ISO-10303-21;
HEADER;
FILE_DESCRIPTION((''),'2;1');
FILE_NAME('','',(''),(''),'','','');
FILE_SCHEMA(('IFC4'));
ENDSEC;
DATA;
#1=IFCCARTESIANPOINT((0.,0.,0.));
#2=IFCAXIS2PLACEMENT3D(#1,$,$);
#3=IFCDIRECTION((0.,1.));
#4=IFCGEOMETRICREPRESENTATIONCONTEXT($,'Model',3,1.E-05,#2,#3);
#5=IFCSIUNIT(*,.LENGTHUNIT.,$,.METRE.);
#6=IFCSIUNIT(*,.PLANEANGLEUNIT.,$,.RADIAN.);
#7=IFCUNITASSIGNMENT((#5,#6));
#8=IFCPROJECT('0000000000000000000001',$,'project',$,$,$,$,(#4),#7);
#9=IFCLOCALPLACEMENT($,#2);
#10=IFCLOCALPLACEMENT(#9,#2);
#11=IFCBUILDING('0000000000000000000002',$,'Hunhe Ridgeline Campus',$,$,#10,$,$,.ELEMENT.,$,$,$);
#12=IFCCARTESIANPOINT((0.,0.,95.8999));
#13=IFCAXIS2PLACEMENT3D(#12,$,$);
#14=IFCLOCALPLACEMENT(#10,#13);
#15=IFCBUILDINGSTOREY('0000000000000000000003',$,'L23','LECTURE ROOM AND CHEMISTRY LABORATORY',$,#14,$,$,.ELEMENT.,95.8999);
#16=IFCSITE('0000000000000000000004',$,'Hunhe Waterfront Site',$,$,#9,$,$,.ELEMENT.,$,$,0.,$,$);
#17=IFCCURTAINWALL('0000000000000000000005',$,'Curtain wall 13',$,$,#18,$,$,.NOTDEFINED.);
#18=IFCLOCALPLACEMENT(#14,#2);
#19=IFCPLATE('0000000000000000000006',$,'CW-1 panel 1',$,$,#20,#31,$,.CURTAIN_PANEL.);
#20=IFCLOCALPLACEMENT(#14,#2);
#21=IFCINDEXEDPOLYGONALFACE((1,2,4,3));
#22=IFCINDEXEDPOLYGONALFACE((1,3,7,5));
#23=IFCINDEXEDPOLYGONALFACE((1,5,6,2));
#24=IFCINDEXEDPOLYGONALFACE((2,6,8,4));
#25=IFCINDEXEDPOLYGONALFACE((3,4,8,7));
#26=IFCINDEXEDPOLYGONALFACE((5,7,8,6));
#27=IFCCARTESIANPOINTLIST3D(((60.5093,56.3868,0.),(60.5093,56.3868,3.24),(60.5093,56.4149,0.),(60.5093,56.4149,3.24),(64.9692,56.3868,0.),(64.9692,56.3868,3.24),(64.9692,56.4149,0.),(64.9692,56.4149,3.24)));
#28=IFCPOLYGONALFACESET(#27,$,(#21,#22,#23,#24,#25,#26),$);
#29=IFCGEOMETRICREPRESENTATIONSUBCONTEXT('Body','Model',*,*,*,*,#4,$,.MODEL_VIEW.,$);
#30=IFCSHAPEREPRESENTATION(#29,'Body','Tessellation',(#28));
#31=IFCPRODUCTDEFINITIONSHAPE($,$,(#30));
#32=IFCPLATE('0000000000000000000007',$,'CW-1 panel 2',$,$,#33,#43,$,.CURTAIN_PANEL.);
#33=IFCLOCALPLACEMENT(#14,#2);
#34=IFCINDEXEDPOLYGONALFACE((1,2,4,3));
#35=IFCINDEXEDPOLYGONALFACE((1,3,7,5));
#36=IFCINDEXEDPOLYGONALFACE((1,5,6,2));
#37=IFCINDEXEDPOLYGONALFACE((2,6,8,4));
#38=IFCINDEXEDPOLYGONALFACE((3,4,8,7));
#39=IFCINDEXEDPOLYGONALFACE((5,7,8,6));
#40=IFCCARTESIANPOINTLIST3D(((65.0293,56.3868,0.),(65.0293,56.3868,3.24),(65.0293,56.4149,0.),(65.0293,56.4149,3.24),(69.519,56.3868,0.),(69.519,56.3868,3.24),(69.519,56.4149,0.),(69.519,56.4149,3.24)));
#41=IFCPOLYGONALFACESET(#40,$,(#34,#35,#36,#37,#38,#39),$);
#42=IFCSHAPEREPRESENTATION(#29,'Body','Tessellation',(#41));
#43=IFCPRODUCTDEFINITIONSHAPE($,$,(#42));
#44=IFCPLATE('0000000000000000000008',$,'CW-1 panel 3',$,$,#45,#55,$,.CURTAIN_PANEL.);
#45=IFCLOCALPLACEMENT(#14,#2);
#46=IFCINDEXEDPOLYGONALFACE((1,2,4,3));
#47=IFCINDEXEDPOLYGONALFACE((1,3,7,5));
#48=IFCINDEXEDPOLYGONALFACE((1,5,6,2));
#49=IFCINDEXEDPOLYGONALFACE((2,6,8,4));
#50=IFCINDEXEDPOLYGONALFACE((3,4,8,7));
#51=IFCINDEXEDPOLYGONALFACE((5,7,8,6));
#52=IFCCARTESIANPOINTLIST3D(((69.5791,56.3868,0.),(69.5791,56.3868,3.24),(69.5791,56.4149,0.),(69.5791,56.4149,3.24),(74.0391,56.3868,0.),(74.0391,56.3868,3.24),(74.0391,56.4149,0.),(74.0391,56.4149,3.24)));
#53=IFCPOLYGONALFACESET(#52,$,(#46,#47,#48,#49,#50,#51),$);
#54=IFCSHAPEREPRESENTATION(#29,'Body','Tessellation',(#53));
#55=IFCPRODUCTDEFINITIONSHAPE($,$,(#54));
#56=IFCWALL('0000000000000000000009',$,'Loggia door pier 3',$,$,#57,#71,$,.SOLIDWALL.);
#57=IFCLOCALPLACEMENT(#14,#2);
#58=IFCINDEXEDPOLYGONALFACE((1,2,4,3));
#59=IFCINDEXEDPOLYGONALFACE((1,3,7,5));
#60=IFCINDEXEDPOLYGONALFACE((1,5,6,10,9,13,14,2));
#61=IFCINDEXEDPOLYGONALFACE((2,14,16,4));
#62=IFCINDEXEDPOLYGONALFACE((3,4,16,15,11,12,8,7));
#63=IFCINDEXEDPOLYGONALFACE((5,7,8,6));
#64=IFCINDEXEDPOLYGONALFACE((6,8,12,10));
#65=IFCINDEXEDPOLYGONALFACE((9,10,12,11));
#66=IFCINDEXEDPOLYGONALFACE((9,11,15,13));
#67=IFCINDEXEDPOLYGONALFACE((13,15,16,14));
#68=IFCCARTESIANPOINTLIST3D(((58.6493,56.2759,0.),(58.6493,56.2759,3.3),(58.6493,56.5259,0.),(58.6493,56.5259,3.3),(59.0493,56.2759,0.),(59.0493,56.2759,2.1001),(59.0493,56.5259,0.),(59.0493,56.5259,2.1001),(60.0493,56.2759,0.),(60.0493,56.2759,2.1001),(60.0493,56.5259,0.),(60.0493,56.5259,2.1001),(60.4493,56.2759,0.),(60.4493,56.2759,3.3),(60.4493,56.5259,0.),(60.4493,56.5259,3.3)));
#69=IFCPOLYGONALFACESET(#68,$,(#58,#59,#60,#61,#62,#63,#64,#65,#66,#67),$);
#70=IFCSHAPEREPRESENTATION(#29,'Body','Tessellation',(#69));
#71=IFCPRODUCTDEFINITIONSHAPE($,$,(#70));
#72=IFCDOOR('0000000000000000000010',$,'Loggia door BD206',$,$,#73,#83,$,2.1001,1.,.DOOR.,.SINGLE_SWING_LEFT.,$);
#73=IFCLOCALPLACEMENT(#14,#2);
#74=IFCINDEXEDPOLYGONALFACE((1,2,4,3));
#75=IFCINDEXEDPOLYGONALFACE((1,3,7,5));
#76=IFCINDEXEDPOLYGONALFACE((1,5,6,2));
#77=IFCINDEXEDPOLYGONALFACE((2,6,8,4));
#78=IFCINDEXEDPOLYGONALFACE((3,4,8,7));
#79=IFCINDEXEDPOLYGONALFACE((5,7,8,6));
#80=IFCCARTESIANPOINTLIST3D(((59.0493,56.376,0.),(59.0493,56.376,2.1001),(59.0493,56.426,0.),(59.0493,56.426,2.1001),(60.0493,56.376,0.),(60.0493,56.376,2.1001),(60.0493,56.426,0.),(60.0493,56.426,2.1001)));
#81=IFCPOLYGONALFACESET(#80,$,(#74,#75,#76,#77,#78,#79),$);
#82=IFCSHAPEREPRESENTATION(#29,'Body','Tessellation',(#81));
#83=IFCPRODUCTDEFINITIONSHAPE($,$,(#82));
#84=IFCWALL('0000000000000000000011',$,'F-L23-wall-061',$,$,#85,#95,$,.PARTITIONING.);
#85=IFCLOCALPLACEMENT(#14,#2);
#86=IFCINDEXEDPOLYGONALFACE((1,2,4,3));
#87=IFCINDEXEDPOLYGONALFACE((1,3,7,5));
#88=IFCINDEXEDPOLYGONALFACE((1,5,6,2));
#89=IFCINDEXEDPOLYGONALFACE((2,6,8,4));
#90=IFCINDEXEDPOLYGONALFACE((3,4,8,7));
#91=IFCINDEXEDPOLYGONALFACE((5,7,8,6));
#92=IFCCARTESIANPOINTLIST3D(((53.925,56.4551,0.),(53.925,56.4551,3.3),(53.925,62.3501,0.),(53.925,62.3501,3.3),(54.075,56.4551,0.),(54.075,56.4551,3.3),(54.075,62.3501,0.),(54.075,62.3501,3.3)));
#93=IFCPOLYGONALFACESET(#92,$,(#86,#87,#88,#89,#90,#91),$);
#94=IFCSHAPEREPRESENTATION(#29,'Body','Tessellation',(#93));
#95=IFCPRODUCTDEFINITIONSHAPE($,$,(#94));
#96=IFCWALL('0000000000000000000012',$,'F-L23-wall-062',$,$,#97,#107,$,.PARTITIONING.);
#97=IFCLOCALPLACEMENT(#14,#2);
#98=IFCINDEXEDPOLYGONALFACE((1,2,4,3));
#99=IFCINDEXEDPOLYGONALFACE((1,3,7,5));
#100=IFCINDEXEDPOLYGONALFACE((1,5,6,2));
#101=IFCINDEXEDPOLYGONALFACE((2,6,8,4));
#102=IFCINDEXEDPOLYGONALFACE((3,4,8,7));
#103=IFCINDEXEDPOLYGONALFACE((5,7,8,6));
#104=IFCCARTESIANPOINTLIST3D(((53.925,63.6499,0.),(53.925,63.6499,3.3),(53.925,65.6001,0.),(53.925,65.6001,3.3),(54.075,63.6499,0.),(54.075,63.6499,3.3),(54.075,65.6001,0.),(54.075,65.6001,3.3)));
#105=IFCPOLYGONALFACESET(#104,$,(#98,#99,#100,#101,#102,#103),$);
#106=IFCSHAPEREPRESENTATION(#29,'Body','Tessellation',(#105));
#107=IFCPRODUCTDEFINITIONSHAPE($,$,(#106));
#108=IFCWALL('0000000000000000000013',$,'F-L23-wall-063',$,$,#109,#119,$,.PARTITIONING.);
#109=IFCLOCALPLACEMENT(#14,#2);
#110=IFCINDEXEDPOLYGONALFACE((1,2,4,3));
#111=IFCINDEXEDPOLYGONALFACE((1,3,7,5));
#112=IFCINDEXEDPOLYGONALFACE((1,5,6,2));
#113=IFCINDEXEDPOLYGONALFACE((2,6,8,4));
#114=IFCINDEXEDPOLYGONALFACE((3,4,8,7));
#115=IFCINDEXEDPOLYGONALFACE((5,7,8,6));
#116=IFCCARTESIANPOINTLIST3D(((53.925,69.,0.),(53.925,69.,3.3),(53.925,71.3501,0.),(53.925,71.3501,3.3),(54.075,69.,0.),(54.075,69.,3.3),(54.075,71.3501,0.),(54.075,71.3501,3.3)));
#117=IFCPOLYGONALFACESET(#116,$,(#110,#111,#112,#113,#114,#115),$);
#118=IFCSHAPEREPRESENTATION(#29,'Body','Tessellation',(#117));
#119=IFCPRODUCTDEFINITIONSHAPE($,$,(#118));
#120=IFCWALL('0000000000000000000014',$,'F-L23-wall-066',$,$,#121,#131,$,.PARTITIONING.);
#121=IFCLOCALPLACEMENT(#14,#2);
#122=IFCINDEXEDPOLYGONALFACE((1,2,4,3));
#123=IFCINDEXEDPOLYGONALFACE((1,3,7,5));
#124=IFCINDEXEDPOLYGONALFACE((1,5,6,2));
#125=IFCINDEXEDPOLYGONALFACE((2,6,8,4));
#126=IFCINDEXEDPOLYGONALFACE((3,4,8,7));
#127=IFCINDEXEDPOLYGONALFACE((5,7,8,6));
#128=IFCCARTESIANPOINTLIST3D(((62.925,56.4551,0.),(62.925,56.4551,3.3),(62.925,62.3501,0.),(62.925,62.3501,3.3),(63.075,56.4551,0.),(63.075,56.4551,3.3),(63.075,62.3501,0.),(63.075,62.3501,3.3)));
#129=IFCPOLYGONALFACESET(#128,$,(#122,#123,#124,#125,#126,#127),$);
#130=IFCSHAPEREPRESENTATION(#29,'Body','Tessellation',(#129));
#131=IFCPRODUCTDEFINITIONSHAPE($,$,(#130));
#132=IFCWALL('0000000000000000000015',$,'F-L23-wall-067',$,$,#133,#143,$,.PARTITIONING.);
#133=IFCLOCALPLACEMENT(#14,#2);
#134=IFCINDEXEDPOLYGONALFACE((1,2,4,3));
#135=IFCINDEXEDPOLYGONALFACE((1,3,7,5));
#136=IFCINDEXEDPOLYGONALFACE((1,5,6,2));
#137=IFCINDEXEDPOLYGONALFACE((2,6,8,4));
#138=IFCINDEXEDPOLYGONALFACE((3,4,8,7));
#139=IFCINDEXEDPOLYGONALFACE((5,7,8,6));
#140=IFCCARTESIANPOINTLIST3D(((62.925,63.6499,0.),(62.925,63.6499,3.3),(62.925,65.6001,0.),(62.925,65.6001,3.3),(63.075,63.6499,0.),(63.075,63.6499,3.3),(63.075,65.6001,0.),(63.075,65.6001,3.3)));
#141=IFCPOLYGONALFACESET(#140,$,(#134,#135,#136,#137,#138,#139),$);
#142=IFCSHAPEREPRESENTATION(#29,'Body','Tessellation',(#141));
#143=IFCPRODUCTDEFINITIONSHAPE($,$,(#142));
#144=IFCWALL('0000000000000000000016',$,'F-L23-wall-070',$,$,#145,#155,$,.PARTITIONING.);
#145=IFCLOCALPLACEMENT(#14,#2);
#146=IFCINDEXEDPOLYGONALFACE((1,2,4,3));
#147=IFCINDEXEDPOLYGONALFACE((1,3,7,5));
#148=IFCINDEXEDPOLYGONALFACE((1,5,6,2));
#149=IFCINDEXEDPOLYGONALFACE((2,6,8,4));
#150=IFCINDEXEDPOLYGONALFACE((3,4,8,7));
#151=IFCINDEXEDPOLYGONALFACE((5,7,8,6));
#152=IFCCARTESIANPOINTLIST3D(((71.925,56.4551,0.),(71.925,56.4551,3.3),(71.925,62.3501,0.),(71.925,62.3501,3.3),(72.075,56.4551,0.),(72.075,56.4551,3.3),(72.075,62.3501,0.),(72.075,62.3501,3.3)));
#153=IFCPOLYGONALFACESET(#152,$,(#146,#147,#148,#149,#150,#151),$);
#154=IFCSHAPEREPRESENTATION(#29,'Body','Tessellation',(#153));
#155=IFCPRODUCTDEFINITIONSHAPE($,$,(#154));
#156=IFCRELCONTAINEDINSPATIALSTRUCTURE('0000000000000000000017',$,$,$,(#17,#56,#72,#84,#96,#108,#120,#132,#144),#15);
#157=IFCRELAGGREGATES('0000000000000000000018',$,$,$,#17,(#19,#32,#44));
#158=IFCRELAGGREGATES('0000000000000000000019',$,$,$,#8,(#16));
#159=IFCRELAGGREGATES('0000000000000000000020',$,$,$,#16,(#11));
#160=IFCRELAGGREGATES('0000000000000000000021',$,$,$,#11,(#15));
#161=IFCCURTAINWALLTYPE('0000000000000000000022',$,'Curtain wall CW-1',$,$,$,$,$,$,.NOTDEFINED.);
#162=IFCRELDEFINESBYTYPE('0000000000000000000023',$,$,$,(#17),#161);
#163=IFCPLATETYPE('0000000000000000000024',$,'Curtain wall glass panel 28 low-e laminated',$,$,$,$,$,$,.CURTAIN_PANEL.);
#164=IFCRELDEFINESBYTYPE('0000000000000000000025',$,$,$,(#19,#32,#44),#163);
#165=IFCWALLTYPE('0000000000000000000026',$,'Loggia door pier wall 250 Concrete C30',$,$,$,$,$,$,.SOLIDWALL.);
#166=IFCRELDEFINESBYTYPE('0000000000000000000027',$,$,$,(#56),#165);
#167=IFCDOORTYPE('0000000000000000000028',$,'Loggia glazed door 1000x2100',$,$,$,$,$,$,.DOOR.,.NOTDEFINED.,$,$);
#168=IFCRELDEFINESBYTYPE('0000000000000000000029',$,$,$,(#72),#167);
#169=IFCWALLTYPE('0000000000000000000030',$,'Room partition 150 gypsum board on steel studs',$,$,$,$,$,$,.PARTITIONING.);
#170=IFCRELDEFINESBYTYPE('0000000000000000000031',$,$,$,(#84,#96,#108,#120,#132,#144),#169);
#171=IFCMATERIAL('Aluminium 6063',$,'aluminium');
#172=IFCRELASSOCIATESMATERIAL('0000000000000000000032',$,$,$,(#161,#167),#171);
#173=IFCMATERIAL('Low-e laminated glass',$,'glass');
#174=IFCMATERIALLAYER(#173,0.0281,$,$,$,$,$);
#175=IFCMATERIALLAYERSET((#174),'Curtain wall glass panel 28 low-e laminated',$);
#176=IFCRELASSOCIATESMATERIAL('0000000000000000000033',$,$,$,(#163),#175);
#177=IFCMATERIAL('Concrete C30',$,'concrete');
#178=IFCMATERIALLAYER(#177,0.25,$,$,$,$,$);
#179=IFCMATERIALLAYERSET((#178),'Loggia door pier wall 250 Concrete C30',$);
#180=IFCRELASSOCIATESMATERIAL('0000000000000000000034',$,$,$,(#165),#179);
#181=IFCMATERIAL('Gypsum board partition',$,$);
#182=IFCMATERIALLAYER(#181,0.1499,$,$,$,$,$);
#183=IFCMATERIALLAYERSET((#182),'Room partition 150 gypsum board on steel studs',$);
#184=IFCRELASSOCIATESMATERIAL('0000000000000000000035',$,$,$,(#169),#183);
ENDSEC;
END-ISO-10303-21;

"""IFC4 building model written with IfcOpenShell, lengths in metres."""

from ifc_helpers import new_model, si_unit, direction, frame, frame_2d, origin, origin_2d, place, context, subcontext, project, spatial, rectangle, extrude, material, layer, layer_set, type_object, element, fill, aggregate, save


model = new_model("IFC4")

# Units and contexts
model_context = context("Model", 3, precision=1e-05, world=origin(), true_north=direction((0.0, 1.0)))
body_context = subcontext(model_context, "Body", "Model", "MODEL_VIEW")
ifc_project = project(units=[si_unit("LENGTHUNIT", "METRE"), si_unit("PLANEANGLEUNIT", "RADIAN")], contexts=[model_context])

# Site, building, storey
site_placement = place(None, origin())
site = spatial("IfcSite", under=ifc_project, at=site_placement, Name="Hunhe Waterfront Site", CompositionType="ELEMENT", RefElevation=0.0)
building_placement = place(site_placement, origin())
building = spatial("IfcBuilding", under=site, at=building_placement, Name="Hunhe Ridgeline Campus", CompositionType="ELEMENT")
storey_placement = place(building_placement, frame((0.0, 0.0, 95.8999)))
storey = spatial("IfcBuildingStorey", under=building, at=storey_placement, Name="L23", Description="LECTURE ROOM AND CHEMISTRY LABORATORY", CompositionType="ELEMENT", Elevation=95.8999)

# Curtain wall
ifc_material_1 = material(Name="Aluminium 6063", Category="aluminium")
curtain_wall_type = type_object("IfcCurtainWallType", Name="Curtain wall CW-1", PredefinedType="NOTDEFINED", material=ifc_material_1)
curtain_wall_1_placement = place(storey_placement, origin())
curtain_wall_1 = element("IfcCurtainWall", 1, at=curtain_wall_1_placement, inside=storey, type_object=curtain_wall_type, Name="Curtain wall 13", PredefinedType="NOTDEFINED")

# Plates
ifc_material_2 = material(Name="Low-e laminated glass", Category="glass")
ifc_layer_1 = layer(ifc_material_2, 0.0281)
ifc_layer_set_1 = layer_set([ifc_layer_1], Name="Curtain wall glass panel 28 low-e laminated")
plate_type = type_object("IfcPlateType", Name="Curtain wall glass panel 28 low-e laminated", PredefinedType="CURTAIN_PANEL", material=ifc_layer_set_1)
plate_1_placement = place(storey_placement, frame((62.7393, 56.4009, 0.0), z_axis=(0.0, 0.0, 1.0), x_axis=(1.0, 0.0, 0.0)))
plate_1 = element("IfcPlate", 2, at=plate_1_placement, type_object=plate_type, Name="CW-1 panel 1", PredefinedType="CURTAIN_PANEL", context=body_context, shape_type="SweptSolid", body=[
    extrude(rectangle(XDim=4.46, YDim=0.0281, at=origin_2d()), origin(), (0.0, 0.0, 1.0), 3.24),
])
plate_2_placement = place(storey_placement, frame((67.2742, 56.4009, 0.0), z_axis=(0.0, 0.0, 1.0), x_axis=(1.0, 0.0, 0.0)))
plate_2 = element("IfcPlate", 3, at=plate_2_placement, type_object=plate_type, Name="CW-1 panel 2", PredefinedType="CURTAIN_PANEL", context=body_context, shape_type="SweptSolid", body=[
    extrude(rectangle(XDim=4.4897, YDim=0.0281, at=origin_2d()), origin(), (0.0, 0.0, 1.0), 3.24),
])
plate_3_placement = place(storey_placement, frame((71.8091, 56.4009, 0.0), z_axis=(0.0, 0.0, 1.0), x_axis=(1.0, 0.0, 0.0)))
plate_3 = element("IfcPlate", 4, at=plate_3_placement, type_object=plate_type, Name="CW-1 panel 3", PredefinedType="CURTAIN_PANEL", context=body_context, shape_type="SweptSolid", body=[
    extrude(rectangle(XDim=4.46, YDim=0.0281, at=origin_2d()), origin(), (0.0, 0.0, 1.0), 3.24),
])
aggregate(curtain_wall_1, [plate_1, plate_2, plate_3])

# Wall, opening, door
ifc_material_3 = material(Name="Concrete C30", Category="concrete")
ifc_layer_2 = layer(ifc_material_3, 0.25)
ifc_layer_set_2 = layer_set([ifc_layer_2], Name="Loggia door pier wall 250 Concrete C30")
wall_type_1 = type_object("IfcWallType", Name="Loggia door pier wall 250 Concrete C30", PredefinedType="SOLIDWALL", material=ifc_layer_set_2)
wall_1_placement = place(storey_placement, frame((58.6494, 56.4009, 0.0), z_axis=(0.0, 0.0, 1.0), x_axis=(1.0, 0.0, 0.0)))
wall_1 = element("IfcWall", 5, at=wall_1_placement, inside=storey, type_object=wall_type_1, Name="Loggia door pier 3", PredefinedType="SOLIDWALL", context=body_context, shape_type="SweptSolid", body=[
    extrude(rectangle(XDim=1.8, YDim=0.25, at=frame_2d((0.8999, 0.0))), origin(), (0.0, 0.0, 1.0), 3.3),
])
opening_placement = place(wall_1_placement, frame((0.3999, 0.0, 0.0)))
opening = element("IfcOpeningElement", 6, at=opening_placement, cuts=wall_1, PredefinedType="OPENING", context=body_context, shape_type="SweptSolid", body=[
    extrude(rectangle(XDim=1.0, YDim=2.1001, at=frame_2d((0.5, 1.05))), frame((0.0, 0.125, 0.0), z_axis=(0.0, -1.0, 0.0), x_axis=(1.0, 0.0, 0.0)), (0.0, 0.0, 1.0), 0.25),
])
door_type = type_object("IfcDoorType", Name="Loggia glazed door 1000x2100", OperationType="NOTDEFINED", PredefinedType="DOOR", material=ifc_material_1)
door_placement = place(opening_placement, frame((1.0, 0.0, 0.0), z_axis=(0.0, 0.0, 1.0), x_axis=(-1.0, 0.0, 0.0)))
door = element("IfcDoor", 7, at=door_placement, inside=storey, type_object=door_type, Name="Loggia door BD206", OperationType="SINGLE_SWING_LEFT", OverallHeight=2.1001, OverallWidth=1.0, PredefinedType="DOOR", context=body_context, shape_type="SweptSolid", body=[
    extrude(rectangle(XDim=1.0, YDim=2.1001, at=frame_2d((0.5, 1.05))), frame((0.0, 0.0249, 0.0), z_axis=(0.0, -1.0, 0.0), x_axis=(1.0, 0.0, 0.0)), (0.0, 0.0, 1.0), 0.05),
])
fill(opening, door)

# Walls
ifc_material_4 = material(Name="Gypsum board partition")
ifc_layer_3 = layer(ifc_material_4, 0.1499)
ifc_layer_set_3 = layer_set([ifc_layer_3], Name="Room partition 150 gypsum board on steel studs")
wall_type_2 = type_object("IfcWallType", Name="Room partition 150 gypsum board on steel studs", PredefinedType="PARTITIONING", material=ifc_layer_set_3)
wall_2_placement = place(storey_placement, frame((54.0, 62.3501, 0.0), z_axis=(0.0, 0.0, 1.0), x_axis=(0.0, -1.0, 0.0)))
element("IfcWall", 8, at=wall_2_placement, inside=storey, type_object=wall_type_2, Name="F-L23-wall-061", PredefinedType="PARTITIONING", context=body_context, shape_type="SweptSolid", body=[
    extrude(rectangle(XDim=5.895, YDim=0.1499, at=frame_2d((2.9475, 0.0))), origin(), (0.0, 0.0, 1.0), 3.3),
])
wall_3_placement = place(storey_placement, frame((54.0, 65.6001, 0.0), z_axis=(0.0, 0.0, 1.0), x_axis=(0.0, -1.0, 0.0)))
element("IfcWall", 9, at=wall_3_placement, inside=storey, type_object=wall_type_2, Name="F-L23-wall-062", PredefinedType="PARTITIONING", context=body_context, shape_type="SweptSolid", body=[
    extrude(rectangle(XDim=1.9502, YDim=0.1499, at=frame_2d((0.9751, 0.0))), origin(), (0.0, 0.0, 1.0), 3.3),
])
wall_4_placement = place(storey_placement, frame((54.0, 71.3501, 0.0), z_axis=(0.0, 0.0, 1.0), x_axis=(0.0, -1.0, 0.0)))
element("IfcWall", 10, at=wall_4_placement, inside=storey, type_object=wall_type_2, Name="F-L23-wall-063", PredefinedType="PARTITIONING", context=body_context, shape_type="SweptSolid", body=[
    extrude(rectangle(XDim=2.3501, YDim=0.1499, at=frame_2d((1.175, 0.0))), origin(), (0.0, 0.0, 1.0), 3.3),
])
wall_5_placement = place(storey_placement, frame((63.0, 62.3501, 0.0), z_axis=(0.0, 0.0, 1.0), x_axis=(0.0, -1.0, 0.0)))
element("IfcWall", 11, at=wall_5_placement, inside=storey, type_object=wall_type_2, Name="F-L23-wall-066", PredefinedType="PARTITIONING", context=body_context, shape_type="SweptSolid", body=[
    extrude(rectangle(XDim=5.895, YDim=0.1499, at=frame_2d((2.9475, 0.0))), origin(), (0.0, 0.0, 1.0), 3.3),
])
wall_6_placement = place(storey_placement, frame((63.0, 65.6001, 0.0), z_axis=(0.0, 0.0, 1.0), x_axis=(0.0, -1.0, 0.0)))
element("IfcWall", 12, at=wall_6_placement, inside=storey, type_object=wall_type_2, Name="F-L23-wall-067", PredefinedType="PARTITIONING", context=body_context, shape_type="SweptSolid", body=[
    extrude(rectangle(XDim=1.9502, YDim=0.1499, at=frame_2d((0.9751, 0.0))), origin(), (0.0, 0.0, 1.0), 3.3),
])
wall_7_placement = place(storey_placement, frame((72.0, 62.3501, 0.0), z_axis=(0.0, 0.0, 1.0), x_axis=(0.0, -1.0, 0.0)))
element("IfcWall", 13, at=wall_7_placement, inside=storey, type_object=wall_type_2, Name="F-L23-wall-070", PredefinedType="PARTITIONING", context=body_context, shape_type="SweptSolid", body=[
    extrude(rectangle(XDim=5.895, YDim=0.1499, at=frame_2d((2.9475, 0.0))), origin(), (0.0, 0.0, 1.0), 3.3),
])

save(model, "model.ifc")
